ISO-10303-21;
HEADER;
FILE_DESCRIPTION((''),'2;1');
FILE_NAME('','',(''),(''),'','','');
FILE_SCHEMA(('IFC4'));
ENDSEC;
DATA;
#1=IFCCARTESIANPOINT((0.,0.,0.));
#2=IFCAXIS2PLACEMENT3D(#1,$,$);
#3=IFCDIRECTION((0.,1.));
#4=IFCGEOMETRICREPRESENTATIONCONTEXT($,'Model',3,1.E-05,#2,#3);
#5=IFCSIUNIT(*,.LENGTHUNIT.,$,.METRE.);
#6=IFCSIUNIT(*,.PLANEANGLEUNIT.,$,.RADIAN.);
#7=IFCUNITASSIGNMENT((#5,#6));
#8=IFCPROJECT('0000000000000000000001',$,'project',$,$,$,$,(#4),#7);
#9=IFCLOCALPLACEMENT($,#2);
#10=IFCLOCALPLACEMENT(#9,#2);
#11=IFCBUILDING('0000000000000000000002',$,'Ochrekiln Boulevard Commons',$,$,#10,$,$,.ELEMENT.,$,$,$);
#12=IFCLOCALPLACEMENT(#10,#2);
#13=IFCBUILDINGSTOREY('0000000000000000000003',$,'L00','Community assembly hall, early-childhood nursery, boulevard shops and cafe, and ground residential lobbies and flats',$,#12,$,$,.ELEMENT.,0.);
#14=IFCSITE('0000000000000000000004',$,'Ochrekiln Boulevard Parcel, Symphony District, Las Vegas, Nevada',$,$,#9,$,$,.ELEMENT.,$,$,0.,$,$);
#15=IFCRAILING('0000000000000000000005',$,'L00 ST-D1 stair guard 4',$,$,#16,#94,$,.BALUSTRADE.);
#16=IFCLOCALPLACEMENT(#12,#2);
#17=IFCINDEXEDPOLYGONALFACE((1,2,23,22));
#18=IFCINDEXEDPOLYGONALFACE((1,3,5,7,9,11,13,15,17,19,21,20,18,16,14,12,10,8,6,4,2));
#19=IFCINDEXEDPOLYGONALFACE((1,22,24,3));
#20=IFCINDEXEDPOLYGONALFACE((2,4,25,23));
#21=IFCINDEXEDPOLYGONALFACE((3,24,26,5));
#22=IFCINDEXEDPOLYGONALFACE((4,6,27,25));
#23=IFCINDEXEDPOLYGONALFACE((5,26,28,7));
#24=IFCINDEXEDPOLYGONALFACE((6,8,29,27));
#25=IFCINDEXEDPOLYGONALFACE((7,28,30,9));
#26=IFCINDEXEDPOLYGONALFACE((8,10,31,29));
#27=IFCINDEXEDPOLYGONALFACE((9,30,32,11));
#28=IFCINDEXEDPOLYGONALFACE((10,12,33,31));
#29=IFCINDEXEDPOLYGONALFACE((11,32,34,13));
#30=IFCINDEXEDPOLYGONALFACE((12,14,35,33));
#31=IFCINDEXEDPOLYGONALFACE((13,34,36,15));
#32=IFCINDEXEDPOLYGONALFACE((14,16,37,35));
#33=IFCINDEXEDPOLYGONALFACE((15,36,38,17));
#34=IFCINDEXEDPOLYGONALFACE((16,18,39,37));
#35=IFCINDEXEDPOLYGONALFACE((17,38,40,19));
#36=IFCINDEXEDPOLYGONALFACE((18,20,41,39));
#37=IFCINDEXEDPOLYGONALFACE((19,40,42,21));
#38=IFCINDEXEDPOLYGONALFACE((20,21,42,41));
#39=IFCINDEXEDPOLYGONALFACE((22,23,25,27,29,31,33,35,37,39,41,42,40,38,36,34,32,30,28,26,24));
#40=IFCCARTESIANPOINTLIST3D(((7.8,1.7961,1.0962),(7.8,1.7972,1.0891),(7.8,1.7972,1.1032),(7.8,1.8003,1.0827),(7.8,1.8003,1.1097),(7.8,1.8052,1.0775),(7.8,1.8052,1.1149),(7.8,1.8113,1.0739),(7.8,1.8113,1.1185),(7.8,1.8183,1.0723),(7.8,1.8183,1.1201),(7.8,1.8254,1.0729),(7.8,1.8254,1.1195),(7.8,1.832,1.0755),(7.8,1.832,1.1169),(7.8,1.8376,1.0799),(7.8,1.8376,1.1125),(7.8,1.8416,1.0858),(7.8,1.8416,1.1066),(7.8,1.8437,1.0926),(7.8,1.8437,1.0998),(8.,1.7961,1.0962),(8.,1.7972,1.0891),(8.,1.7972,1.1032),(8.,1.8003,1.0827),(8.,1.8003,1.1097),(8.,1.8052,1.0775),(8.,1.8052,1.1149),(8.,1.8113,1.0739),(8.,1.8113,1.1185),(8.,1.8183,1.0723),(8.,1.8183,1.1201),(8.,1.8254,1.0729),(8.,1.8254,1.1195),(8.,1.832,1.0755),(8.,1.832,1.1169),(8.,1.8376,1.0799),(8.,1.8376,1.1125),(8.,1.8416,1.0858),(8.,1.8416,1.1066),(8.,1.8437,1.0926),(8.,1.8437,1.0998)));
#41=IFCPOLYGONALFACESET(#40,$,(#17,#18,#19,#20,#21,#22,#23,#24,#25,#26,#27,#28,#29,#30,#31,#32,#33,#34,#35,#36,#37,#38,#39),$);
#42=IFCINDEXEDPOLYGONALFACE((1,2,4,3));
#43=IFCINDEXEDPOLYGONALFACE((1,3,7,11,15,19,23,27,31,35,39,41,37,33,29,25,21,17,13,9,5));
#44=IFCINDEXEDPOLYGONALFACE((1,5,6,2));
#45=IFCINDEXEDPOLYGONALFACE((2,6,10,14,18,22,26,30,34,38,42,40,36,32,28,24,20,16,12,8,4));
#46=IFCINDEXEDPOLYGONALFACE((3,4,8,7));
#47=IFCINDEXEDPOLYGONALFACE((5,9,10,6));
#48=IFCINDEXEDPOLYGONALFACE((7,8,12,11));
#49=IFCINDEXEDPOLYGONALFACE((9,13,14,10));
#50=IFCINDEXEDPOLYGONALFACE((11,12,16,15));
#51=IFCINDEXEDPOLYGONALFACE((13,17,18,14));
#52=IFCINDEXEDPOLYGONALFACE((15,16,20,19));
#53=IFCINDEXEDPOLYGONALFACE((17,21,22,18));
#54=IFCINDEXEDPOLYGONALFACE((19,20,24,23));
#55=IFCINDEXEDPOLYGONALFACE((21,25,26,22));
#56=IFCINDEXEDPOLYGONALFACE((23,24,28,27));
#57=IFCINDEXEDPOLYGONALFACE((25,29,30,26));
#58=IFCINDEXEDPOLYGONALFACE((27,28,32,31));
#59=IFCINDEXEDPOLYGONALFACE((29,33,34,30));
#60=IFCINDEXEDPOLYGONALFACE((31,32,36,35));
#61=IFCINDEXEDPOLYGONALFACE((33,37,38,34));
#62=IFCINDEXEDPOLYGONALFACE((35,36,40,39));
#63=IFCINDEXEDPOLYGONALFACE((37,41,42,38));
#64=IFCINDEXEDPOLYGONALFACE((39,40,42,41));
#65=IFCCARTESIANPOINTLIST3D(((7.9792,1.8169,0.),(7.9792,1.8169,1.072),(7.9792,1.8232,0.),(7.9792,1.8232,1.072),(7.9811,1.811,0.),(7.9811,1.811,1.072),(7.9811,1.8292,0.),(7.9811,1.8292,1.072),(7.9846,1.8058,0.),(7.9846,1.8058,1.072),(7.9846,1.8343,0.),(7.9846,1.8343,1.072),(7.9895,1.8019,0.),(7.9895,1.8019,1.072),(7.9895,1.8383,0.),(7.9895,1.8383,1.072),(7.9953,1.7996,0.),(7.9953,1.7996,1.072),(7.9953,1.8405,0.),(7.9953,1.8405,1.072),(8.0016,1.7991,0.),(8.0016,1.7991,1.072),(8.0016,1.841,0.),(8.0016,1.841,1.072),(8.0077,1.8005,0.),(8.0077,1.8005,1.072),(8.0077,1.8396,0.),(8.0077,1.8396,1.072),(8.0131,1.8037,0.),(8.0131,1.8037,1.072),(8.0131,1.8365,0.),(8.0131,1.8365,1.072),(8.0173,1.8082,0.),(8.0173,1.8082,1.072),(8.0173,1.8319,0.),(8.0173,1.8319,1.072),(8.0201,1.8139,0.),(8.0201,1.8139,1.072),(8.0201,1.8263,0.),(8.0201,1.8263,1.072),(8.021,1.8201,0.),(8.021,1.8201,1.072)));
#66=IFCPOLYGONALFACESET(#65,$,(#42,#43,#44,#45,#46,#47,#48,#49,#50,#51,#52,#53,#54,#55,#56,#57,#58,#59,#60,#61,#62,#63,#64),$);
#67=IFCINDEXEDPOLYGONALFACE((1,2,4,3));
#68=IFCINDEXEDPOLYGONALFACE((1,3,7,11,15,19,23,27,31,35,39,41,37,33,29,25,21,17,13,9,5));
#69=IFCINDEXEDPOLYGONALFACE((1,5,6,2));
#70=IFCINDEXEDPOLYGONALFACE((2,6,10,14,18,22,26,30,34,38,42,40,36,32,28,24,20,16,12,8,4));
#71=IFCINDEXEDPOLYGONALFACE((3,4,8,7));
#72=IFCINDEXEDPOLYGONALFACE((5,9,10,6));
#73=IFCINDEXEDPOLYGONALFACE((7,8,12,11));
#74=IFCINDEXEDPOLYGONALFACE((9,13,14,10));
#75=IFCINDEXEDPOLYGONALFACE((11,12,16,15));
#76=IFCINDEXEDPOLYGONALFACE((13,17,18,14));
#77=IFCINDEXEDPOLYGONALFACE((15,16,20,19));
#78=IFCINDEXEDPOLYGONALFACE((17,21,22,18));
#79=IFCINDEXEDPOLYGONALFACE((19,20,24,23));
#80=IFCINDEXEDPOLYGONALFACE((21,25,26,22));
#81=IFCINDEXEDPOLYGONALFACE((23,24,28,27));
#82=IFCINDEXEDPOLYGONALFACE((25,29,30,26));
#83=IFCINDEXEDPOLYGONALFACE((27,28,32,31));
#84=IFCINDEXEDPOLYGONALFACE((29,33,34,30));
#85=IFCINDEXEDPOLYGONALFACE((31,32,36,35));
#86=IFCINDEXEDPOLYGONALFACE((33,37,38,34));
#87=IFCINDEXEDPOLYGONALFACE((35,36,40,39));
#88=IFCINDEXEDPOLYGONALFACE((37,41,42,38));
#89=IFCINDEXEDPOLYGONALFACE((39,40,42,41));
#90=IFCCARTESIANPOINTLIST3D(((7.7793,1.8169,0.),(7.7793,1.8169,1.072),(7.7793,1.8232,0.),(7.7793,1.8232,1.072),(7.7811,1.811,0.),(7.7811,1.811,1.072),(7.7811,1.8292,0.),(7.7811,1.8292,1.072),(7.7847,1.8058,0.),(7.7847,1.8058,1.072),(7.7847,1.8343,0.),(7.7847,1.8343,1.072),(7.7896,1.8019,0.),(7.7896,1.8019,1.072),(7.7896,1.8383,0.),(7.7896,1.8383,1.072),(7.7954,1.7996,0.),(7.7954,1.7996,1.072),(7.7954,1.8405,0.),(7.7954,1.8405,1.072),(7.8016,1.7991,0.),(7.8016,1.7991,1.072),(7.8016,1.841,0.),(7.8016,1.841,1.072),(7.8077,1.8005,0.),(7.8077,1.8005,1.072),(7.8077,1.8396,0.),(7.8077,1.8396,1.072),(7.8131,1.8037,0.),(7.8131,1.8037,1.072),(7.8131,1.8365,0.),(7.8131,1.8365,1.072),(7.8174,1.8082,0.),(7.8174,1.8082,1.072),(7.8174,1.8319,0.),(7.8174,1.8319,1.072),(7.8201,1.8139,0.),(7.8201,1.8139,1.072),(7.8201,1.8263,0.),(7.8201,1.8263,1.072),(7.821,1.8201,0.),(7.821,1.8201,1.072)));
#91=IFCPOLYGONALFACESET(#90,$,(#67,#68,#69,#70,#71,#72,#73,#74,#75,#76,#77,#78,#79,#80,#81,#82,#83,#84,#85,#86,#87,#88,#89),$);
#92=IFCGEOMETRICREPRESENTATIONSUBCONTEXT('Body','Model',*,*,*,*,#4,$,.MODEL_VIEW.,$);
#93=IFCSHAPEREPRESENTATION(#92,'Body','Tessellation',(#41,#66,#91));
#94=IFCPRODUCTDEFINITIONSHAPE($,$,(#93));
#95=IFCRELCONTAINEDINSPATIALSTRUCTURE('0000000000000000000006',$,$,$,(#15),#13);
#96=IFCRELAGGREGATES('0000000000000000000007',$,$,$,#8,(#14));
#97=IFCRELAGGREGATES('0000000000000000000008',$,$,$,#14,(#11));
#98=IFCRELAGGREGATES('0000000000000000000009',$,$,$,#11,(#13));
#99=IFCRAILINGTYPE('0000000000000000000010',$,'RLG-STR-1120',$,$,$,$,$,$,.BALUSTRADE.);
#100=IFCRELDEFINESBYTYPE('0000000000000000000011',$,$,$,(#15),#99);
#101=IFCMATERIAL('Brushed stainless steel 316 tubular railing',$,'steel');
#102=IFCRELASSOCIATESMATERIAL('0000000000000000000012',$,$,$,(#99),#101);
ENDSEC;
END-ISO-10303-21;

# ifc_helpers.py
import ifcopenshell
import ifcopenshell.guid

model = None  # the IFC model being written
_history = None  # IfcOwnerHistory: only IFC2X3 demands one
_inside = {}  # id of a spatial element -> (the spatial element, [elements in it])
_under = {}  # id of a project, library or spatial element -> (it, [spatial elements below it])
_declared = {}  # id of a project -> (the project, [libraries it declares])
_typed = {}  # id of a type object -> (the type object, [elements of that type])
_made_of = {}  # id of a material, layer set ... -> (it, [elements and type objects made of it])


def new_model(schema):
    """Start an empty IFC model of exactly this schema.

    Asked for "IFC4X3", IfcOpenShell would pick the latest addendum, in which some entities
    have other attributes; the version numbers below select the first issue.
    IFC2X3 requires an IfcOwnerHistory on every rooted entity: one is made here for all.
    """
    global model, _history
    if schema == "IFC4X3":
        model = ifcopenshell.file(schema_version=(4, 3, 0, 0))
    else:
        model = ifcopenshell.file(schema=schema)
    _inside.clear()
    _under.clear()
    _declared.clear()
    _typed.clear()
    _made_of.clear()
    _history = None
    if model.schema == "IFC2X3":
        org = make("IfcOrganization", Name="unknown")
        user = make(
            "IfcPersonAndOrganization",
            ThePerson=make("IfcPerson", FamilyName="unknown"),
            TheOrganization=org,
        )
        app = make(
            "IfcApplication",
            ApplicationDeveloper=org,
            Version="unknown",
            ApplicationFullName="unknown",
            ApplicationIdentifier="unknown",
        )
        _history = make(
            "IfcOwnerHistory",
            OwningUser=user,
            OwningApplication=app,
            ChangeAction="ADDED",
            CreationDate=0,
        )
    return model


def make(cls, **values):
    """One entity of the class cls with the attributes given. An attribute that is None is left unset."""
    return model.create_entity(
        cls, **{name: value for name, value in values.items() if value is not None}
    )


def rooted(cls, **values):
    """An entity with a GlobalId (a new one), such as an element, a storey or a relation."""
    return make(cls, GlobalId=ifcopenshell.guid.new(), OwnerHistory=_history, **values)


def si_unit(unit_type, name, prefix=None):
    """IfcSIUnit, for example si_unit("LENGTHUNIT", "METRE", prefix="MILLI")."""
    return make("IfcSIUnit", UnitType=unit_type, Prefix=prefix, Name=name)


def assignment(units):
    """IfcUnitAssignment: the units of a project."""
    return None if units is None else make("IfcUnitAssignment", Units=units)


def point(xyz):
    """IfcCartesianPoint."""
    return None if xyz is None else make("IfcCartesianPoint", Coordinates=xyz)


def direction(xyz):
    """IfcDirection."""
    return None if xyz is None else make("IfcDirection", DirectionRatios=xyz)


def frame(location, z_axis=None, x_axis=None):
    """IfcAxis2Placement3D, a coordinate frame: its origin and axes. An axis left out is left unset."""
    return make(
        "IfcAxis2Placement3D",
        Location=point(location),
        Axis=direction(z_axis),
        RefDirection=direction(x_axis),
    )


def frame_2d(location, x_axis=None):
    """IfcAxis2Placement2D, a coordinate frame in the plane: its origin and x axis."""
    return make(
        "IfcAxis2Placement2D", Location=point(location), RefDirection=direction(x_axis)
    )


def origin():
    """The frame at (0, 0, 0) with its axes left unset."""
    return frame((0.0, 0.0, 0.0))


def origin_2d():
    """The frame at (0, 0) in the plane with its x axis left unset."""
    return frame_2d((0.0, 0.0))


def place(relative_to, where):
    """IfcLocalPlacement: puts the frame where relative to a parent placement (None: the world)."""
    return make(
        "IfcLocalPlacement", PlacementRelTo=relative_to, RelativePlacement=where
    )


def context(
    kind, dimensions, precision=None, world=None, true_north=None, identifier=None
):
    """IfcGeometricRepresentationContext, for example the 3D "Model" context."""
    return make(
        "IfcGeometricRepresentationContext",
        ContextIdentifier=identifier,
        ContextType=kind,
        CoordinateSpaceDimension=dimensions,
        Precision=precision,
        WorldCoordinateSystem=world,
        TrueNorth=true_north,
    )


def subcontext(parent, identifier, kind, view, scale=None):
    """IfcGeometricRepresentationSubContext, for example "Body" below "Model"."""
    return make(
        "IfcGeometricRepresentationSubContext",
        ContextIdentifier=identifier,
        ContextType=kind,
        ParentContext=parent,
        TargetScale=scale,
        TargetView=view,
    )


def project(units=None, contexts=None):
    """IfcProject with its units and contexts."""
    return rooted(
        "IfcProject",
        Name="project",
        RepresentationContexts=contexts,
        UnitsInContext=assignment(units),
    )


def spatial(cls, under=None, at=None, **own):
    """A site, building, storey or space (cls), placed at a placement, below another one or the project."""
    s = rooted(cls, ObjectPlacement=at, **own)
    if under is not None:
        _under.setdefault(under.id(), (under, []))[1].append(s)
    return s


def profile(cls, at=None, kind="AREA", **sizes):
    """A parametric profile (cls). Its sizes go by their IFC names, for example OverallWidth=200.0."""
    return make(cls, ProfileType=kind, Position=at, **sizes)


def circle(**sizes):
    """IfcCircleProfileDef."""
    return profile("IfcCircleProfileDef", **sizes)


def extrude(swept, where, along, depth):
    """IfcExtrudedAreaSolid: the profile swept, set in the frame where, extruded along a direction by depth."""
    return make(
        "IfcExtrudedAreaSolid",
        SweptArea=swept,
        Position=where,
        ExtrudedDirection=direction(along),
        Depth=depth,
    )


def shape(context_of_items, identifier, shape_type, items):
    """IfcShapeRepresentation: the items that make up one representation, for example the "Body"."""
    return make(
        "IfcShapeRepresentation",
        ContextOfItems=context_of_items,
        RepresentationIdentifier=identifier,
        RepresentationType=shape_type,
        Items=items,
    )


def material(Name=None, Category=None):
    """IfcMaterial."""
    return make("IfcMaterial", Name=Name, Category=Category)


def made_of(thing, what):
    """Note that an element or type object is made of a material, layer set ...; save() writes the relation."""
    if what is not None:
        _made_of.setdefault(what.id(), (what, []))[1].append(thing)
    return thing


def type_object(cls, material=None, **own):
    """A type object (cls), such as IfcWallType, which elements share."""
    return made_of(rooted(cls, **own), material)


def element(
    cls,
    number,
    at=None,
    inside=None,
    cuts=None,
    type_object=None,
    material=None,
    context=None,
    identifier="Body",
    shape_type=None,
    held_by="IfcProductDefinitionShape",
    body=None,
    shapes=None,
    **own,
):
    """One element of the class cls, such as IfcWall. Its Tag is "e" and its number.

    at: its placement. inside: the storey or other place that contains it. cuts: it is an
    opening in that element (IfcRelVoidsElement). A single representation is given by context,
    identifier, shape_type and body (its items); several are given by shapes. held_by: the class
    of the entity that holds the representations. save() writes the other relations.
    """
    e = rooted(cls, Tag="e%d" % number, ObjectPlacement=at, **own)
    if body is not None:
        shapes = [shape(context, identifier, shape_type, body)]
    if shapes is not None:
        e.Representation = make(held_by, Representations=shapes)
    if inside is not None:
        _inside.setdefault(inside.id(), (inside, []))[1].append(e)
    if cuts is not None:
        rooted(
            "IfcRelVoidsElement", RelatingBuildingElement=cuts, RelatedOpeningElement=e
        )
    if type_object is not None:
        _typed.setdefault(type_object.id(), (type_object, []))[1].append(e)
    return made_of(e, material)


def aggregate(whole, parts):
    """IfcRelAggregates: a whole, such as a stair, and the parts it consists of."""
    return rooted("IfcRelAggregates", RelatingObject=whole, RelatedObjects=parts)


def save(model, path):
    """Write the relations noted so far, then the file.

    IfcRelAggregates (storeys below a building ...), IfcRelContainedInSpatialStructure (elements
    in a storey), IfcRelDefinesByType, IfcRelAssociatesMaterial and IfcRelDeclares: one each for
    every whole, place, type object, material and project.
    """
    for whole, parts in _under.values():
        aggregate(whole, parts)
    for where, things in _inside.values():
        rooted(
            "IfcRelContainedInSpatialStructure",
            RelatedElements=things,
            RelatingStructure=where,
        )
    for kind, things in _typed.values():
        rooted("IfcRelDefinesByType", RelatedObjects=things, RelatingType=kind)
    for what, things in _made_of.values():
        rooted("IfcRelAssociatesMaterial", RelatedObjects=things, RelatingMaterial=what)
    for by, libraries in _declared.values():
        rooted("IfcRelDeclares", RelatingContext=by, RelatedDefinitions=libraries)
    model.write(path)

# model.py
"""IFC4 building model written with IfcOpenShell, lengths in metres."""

from ifc_helpers import new_model, si_unit, direction, frame, origin, origin_2d, place, context, subcontext, project, spatial, circle, extrude, material, type_object, element, save


model = new_model("IFC4")

# Units and contexts
model_context = context("Model", 3, precision=1e-05, world=origin(), true_north=direction((0.0, 1.0)))
body_context = subcontext(model_context, "Body", "Model", "MODEL_VIEW")
ifc_project = project(units=[si_unit("LENGTHUNIT", "METRE"), si_unit("PLANEANGLEUNIT", "RADIAN")], contexts=[model_context])

# Site, building, storey
site_placement = place(None, origin())
site = spatial("IfcSite", under=ifc_project, at=site_placement, Name="Ochrekiln Boulevard Parcel, Symphony District, Las Vegas, Nevada", CompositionType="ELEMENT", RefElevation=0.0)
building_placement = place(site_placement, origin())
building = spatial("IfcBuilding", under=site, at=building_placement, Name="Ochrekiln Boulevard Commons", CompositionType="ELEMENT")
storey_placement = place(building_placement, origin())
storey = spatial("IfcBuildingStorey", under=building, at=storey_placement, Name="L00", Description="Community assembly hall, early-childhood nursery, boulevard shops and cafe, and ground residential lobbies and flats", CompositionType="ELEMENT", Elevation=0.0)

# Railing
ifc_material_1 = material(Name="Brushed stainless steel 316 tubular railing", Category="steel")
railing_type_1 = type_object("IfcRailingType", Name="RLG-STR-1120", PredefinedType="BALUSTRADE", material=ifc_material_1)
railing_1_placement = place(storey_placement, frame((8.0, 1.8201, 0.0)))
element("IfcRailing", 1, at=railing_1_placement, inside=storey, type_object=railing_type_1, Name="L00 ST-D1 stair guard 4", PredefinedType="BALUSTRADE", context=body_context, shape_type="SweptSolid", body=[
    extrude(circle(Radius=0.0239, at=origin_2d()), frame((0.0, 0.0, 1.0962), z_axis=(-1.0, 0.0, 0.0), x_axis=(0.0, -1.0, 0.0)), (0.0, 0.0, 1.0), 0.2),
    extrude(circle(Radius=0.021, at=origin_2d()), origin(), (0.0, 0.0, 1.0), 1.072),
    extrude(circle(Radius=0.021, at=origin_2d()), frame((-0.2, 0.0, 0.0)), (0.0, 0.0, 1.0), 1.072),
])

save(model, "model.ifc")
